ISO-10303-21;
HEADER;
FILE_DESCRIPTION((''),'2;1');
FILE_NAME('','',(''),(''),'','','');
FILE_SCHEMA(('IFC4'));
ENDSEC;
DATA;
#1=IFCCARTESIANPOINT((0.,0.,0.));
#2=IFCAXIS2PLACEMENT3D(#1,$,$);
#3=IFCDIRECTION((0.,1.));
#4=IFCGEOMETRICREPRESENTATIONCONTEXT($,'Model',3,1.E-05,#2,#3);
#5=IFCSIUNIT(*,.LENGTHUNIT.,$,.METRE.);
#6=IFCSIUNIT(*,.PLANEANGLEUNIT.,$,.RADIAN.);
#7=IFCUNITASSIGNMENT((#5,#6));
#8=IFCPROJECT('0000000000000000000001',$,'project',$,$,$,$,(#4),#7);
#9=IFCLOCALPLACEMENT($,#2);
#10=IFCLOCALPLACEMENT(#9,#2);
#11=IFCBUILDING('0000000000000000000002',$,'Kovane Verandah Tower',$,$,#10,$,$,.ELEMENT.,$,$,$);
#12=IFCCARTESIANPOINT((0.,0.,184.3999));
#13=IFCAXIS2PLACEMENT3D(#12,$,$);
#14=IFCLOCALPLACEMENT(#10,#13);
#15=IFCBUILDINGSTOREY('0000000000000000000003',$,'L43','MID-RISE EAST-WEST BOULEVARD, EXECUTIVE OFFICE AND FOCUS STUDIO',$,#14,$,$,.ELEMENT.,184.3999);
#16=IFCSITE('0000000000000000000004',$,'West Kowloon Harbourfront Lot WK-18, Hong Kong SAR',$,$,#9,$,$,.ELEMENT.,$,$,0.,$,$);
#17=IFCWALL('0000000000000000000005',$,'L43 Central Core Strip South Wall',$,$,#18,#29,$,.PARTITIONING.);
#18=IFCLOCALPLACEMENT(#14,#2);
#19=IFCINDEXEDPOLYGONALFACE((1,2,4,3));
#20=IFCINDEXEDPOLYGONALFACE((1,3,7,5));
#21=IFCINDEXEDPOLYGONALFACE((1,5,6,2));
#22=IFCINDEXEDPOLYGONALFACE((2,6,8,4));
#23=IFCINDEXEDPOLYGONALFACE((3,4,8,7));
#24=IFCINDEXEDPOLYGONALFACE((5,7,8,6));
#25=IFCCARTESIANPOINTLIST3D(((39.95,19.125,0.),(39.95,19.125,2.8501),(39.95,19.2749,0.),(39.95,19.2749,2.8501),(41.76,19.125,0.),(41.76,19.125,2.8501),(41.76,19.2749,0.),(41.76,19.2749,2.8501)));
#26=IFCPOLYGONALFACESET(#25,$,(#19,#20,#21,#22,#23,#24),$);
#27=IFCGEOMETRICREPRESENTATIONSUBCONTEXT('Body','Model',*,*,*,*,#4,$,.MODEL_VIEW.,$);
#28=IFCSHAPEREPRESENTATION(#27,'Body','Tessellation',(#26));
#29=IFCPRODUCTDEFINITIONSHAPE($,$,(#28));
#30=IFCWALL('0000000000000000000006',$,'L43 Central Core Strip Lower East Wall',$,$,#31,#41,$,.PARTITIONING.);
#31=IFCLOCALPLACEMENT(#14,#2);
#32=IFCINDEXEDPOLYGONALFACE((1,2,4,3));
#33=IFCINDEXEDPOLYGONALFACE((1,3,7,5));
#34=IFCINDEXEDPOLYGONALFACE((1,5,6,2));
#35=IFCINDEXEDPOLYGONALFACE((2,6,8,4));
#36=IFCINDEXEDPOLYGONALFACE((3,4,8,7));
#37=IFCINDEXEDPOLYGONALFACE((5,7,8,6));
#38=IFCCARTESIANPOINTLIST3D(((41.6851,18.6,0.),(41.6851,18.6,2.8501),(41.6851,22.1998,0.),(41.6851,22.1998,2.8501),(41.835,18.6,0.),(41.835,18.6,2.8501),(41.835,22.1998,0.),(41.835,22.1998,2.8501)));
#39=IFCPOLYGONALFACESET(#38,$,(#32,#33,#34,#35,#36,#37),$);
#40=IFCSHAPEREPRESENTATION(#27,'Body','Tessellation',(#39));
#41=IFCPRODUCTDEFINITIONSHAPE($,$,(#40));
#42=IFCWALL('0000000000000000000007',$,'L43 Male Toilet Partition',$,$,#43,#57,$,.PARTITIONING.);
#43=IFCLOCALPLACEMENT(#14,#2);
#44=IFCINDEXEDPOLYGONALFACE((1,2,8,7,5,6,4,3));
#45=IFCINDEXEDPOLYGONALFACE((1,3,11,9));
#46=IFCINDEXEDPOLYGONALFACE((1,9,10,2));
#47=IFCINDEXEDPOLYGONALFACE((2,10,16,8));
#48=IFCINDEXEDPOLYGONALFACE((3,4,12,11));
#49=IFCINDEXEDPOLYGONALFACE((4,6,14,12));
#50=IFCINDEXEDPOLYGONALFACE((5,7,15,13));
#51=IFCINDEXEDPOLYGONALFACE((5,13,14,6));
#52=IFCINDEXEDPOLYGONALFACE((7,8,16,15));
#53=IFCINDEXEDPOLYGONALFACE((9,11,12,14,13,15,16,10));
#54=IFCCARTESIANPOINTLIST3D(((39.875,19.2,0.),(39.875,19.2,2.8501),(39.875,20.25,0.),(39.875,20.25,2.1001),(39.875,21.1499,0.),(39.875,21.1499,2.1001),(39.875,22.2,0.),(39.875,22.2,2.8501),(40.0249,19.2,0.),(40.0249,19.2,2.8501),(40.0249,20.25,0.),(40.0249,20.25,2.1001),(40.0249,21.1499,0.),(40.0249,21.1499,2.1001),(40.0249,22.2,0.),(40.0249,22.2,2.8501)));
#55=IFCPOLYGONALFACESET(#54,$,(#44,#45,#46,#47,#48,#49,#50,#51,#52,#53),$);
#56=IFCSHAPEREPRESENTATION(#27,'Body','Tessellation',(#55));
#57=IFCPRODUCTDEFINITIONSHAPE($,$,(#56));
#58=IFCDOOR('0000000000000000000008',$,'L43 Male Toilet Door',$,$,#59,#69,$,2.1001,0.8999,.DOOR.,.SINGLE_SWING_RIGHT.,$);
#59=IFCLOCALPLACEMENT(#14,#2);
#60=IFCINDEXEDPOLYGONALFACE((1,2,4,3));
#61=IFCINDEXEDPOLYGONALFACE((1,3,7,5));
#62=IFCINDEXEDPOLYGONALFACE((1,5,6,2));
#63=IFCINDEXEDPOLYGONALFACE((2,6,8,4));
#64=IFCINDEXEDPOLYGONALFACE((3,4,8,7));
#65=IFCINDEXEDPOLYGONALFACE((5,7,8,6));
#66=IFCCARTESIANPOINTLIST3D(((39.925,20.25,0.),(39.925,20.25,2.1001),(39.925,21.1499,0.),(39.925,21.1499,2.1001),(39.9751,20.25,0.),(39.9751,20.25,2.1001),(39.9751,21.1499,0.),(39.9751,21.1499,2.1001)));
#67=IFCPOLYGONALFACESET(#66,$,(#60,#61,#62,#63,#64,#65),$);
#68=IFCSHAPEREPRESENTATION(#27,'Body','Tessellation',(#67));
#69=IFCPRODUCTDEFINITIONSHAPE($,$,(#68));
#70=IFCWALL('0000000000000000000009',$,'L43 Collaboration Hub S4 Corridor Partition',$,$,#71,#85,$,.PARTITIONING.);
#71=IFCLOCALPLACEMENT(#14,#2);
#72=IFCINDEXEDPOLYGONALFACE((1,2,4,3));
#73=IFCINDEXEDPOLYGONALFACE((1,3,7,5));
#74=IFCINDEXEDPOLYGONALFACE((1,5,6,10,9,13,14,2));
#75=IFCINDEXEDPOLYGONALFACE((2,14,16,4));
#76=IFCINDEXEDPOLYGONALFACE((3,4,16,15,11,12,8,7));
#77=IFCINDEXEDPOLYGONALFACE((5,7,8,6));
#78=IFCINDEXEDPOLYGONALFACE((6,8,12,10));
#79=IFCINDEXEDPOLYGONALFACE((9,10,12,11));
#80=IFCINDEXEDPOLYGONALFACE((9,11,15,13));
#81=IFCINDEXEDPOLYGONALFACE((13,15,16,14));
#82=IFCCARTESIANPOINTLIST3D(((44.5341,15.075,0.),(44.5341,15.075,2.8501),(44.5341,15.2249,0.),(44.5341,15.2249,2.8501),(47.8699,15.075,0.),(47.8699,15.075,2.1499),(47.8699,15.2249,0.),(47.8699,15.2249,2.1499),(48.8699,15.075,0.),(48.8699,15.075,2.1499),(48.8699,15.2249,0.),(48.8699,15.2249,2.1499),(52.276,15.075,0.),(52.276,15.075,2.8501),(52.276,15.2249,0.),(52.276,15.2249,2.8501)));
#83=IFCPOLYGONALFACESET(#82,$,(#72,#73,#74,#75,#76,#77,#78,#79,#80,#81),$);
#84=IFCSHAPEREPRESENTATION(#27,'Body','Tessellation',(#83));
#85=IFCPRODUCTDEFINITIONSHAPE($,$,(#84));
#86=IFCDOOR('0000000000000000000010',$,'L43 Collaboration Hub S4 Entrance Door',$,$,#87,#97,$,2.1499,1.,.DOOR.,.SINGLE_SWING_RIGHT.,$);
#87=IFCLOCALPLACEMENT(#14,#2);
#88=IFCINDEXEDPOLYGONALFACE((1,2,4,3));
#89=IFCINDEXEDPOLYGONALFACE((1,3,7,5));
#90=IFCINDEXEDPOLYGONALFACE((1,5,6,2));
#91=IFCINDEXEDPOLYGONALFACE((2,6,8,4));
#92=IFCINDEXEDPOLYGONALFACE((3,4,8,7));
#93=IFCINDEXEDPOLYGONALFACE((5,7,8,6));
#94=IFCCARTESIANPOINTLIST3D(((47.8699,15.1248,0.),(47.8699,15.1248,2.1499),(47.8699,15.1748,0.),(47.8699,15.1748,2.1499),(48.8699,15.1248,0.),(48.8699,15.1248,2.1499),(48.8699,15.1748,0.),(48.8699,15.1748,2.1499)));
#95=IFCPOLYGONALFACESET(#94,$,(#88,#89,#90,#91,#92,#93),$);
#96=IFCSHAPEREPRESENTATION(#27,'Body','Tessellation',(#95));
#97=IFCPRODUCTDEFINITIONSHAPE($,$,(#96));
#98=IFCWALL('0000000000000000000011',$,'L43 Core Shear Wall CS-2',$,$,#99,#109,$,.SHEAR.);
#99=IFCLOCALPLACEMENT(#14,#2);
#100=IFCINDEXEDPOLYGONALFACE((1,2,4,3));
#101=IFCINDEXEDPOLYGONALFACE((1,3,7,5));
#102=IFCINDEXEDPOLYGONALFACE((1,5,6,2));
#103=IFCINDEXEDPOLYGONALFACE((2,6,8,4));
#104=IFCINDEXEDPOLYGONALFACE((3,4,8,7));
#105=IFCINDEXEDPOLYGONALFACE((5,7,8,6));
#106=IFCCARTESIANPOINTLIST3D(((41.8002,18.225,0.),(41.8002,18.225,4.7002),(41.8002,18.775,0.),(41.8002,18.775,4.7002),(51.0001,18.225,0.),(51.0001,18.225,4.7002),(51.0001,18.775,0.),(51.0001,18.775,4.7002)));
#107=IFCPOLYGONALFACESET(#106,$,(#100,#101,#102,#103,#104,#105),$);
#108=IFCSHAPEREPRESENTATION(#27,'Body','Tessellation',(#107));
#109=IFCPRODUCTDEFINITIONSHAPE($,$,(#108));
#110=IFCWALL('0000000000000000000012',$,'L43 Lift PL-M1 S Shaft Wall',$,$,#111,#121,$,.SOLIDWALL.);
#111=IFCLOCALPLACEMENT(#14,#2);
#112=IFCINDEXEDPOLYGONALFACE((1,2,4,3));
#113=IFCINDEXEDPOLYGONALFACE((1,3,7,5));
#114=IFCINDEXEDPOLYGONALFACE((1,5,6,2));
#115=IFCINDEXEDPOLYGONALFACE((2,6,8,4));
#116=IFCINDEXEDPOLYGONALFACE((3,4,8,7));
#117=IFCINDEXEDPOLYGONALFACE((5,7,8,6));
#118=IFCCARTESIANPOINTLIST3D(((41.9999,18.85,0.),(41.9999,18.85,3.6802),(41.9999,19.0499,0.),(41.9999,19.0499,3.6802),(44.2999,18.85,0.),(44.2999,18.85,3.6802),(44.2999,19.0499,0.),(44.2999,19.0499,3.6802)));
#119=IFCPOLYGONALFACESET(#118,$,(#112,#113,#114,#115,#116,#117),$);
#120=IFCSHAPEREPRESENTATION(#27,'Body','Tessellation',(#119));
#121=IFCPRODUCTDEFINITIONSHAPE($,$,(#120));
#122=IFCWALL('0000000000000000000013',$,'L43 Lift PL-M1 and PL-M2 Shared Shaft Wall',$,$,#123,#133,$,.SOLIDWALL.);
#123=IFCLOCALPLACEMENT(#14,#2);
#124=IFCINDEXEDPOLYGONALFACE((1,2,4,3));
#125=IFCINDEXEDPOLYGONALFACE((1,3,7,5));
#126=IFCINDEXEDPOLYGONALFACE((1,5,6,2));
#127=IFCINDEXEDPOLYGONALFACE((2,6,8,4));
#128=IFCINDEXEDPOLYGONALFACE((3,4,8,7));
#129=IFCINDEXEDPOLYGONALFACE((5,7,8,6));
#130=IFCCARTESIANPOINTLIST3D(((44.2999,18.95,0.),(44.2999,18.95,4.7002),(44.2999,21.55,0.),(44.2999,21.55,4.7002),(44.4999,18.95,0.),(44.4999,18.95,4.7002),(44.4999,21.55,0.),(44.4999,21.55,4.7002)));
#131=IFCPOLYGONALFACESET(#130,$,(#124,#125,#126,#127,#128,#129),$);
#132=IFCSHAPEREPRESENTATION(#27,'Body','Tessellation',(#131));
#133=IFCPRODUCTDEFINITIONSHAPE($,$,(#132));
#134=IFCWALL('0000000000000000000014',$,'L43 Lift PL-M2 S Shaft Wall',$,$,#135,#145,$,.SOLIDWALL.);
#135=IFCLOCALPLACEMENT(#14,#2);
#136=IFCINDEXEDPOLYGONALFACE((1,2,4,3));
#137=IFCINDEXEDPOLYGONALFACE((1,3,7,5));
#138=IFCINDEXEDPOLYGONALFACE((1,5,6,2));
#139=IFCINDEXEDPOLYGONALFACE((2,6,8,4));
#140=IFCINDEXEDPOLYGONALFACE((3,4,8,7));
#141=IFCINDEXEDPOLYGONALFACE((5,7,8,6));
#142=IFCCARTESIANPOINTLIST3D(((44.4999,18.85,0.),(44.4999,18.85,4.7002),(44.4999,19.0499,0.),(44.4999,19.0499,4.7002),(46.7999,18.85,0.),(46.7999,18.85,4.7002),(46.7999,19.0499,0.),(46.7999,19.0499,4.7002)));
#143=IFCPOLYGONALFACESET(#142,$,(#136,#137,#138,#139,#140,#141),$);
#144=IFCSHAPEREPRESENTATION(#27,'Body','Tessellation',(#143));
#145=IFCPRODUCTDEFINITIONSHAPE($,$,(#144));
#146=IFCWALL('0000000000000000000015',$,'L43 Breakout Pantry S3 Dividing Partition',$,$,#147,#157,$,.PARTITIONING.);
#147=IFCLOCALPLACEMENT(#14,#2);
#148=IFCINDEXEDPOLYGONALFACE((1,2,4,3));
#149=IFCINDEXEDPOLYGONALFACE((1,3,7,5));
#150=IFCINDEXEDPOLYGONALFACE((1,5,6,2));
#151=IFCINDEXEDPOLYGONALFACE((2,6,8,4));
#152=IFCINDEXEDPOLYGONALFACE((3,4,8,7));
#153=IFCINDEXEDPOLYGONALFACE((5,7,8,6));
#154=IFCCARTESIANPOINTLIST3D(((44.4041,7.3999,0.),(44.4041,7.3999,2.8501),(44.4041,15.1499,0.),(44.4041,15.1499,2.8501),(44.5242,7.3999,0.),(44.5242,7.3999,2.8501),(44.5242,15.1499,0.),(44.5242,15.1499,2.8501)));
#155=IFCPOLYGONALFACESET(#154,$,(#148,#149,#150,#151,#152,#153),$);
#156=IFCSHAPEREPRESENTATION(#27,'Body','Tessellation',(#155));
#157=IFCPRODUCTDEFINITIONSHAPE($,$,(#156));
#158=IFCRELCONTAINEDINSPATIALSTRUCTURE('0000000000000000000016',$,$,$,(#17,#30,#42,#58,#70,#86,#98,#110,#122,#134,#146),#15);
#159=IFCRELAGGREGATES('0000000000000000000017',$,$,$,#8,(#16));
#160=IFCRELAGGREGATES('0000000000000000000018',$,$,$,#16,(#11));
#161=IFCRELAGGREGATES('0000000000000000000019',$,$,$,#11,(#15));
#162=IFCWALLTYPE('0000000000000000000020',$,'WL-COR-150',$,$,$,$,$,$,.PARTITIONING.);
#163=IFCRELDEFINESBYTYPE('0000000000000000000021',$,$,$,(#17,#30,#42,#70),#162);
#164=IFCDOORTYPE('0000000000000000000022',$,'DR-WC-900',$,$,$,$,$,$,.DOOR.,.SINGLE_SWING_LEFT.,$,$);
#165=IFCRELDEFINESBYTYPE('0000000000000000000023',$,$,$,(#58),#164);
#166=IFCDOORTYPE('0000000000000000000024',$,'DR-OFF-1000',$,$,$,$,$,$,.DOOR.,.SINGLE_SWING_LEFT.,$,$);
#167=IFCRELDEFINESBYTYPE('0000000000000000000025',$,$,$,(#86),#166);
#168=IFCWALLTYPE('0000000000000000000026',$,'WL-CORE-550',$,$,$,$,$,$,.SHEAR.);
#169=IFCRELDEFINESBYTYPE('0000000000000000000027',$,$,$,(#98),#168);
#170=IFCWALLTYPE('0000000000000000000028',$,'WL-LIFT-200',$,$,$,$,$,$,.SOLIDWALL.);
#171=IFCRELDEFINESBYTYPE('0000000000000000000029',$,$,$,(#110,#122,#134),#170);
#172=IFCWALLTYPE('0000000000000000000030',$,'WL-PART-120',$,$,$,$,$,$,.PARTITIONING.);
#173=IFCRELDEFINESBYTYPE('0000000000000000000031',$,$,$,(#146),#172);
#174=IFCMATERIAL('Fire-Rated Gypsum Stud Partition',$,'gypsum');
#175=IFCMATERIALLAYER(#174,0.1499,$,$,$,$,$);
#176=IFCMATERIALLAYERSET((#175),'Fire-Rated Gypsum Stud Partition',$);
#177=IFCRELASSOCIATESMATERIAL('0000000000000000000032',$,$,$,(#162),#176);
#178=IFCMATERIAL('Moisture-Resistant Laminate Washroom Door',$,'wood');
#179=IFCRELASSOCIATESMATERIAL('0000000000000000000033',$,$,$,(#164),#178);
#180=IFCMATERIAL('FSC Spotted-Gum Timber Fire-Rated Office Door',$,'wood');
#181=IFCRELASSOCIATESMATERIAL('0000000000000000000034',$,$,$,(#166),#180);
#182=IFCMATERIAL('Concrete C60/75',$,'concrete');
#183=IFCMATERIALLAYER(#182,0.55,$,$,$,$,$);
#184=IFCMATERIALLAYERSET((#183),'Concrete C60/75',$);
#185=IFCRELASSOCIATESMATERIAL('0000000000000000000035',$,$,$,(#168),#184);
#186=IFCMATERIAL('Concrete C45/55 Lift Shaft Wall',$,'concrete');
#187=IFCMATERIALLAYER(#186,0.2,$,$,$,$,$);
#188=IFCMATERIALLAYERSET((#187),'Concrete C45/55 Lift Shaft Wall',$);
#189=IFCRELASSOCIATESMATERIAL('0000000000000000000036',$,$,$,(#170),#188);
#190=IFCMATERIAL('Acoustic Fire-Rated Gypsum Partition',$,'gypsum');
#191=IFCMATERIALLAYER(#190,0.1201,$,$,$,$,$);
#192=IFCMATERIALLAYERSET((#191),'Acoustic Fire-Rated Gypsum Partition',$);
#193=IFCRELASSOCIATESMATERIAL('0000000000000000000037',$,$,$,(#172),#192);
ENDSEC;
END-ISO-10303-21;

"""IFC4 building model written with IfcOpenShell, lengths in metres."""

from ifc_helpers import new_model, si_unit, direction, frame, frame_2d, origin, place, context, subcontext, project, spatial, rectangle, extrude, material, layer, layer_set, type_object, element, fill, save


model = new_model("IFC4")

# Units and contexts
model_context = context("Model", 3, precision=1e-05, world=origin(), true_north=direction((0.0, 1.0)))
body_context = subcontext(model_context, "Body", "Model", "MODEL_VIEW")
ifc_project = project(units=[si_unit("LENGTHUNIT", "METRE"), si_unit("PLANEANGLEUNIT", "RADIAN")], contexts=[model_context])

# Site, building, storey
site_placement = place(None, origin())
site = spatial("IfcSite", under=ifc_project, at=site_placement, Name="West Kowloon Harbourfront Lot WK-18, Hong Kong SAR", CompositionType="ELEMENT", RefElevation=0.0)
building_placement = place(site_placement, origin())
building = spatial("IfcBuilding", under=site, at=building_placement, Name="Kovane Verandah Tower", CompositionType="ELEMENT")
storey_placement = place(building_placement, frame((0.0, 0.0, 184.3999)))
storey = spatial("IfcBuildingStorey", under=building, at=storey_placement, Name="L43", Description="MID-RISE EAST-WEST BOULEVARD, EXECUTIVE OFFICE AND FOCUS STUDIO", CompositionType="ELEMENT", Elevation=184.3999)

# Shared definitions
ifc_material_1 = material(Name="Concrete C60/75", Category="concrete")

# Walls
ifc_material_2 = material(Name="Fire-Rated Gypsum Stud Partition", Category="gypsum")
ifc_layer_1 = layer(ifc_material_2, 0.1499)
ifc_layer_set_1 = layer_set([ifc_layer_1], Name="Fire-Rated Gypsum Stud Partition")
wall_type_1 = type_object("IfcWallType", Name="WL-COR-150", PredefinedType="PARTITIONING", material=ifc_layer_set_1)
wall_1_placement = place(storey_placement, frame((39.95, 19.2, 0.0), z_axis=(0.0, 0.0, 1.0), x_axis=(1.0, 0.0, 0.0)))
element("IfcWall", 1, at=wall_1_placement, inside=storey, type_object=wall_type_1, Name="L43 Central Core Strip South Wall", PredefinedType="PARTITIONING", context=body_context, shape_type="SweptSolid", body=[
    extrude(rectangle(XDim=1.8101, YDim=0.1499, at=frame_2d((0.905, 0.0))), origin(), (0.0, 0.0, 1.0), 2.8501),
])
wall_2_placement = place(storey_placement, frame((41.76, 18.6001, 0.0), z_axis=(0.0, 0.0, 1.0), x_axis=(0.0, 1.0, 0.0)))
element("IfcWall", 2, at=wall_2_placement, inside=storey, type_object=wall_type_1, Name="L43 Central Core Strip Lower East Wall", PredefinedType="PARTITIONING", context=body_context, shape_type="SweptSolid", body=[
    extrude(rectangle(XDim=3.5999, YDim=0.1499, at=frame_2d((1.7998, 0.0))), origin(), (0.0, 0.0, 1.0), 2.8501),
])

# Walls, openings, doors
wall_3_placement = place(storey_placement, frame((39.95, 19.2, 0.0), z_axis=(0.0, 0.0, 1.0), x_axis=(0.0, 1.0, 0.0)))
wall_3 = element("IfcWall", 3, at=wall_3_placement, inside=storey, type_object=wall_type_1, Name="L43 Male Toilet Partition", PredefinedType="PARTITIONING", context=body_context, shape_type="SweptSolid", body=[
    extrude(rectangle(XDim=3.0, YDim=0.1499, at=frame_2d((1.5, 0.0))), origin(), (0.0, 0.0, 1.0), 2.8501),
])
opening_1_placement = place(wall_3_placement, frame((1.05, 0.0, 0.0)))
opening_1 = element("IfcOpeningElement", 4, at=opening_1_placement, cuts=wall_3, PredefinedType="OPENING", context=body_context, shape_type="SweptSolid", body=[
    extrude(rectangle(XDim=0.8999, YDim=2.1001, at=frame_2d((0.45, 1.05))), frame((0.0, 0.075, 0.0), z_axis=(0.0, -1.0, 0.0), x_axis=(1.0, 0.0, 0.0)), (0.0, 0.0, 1.0), 0.1499),
])
ifc_material_3 = material(Name="Moisture-Resistant Laminate Washroom Door", Category="wood")
door_type_1 = type_object("IfcDoorType", Name="DR-WC-900", OperationType="SINGLE_SWING_LEFT", PredefinedType="DOOR", material=ifc_material_3)
door_1_placement = place(opening_1_placement, origin())
door_1 = element("IfcDoor", 5, at=door_1_placement, inside=storey, type_object=door_type_1, Name="L43 Male Toilet Door", OperationType="SINGLE_SWING_RIGHT", OverallHeight=2.1001, OverallWidth=0.8999, PredefinedType="DOOR", context=body_context, shape_type="SweptSolid", body=[
    extrude(rectangle(XDim=0.8999, YDim=2.1001, at=frame_2d((0.45, 1.05))), frame((0.0, 0.0249, 0.0), z_axis=(0.0, -1.0, 0.0), x_axis=(1.0, 0.0, 0.0)), (0.0, 0.0, 1.0), 0.05),
])
fill(opening_1, door_1)
ifc_material_4 = material(Name="FSC Spotted-Gum Timber Fire-Rated Office Door", Category="wood")
door_type_2 = type_object("IfcDoorType", Name="DR-OFF-1000", OperationType="SINGLE_SWING_LEFT", PredefinedType="DOOR", material=ifc_material_4)
wall_4_placement = place(storey_placement, frame((44.5339, 15.1499, 0.0), z_axis=(0.0, 0.0, 1.0), x_axis=(1.0, 0.0, 0.0)))
wall_4 = element("IfcWall", 6, at=wall_4_placement, inside=storey, type_object=wall_type_1, Name="L43 Collaboration Hub S4 Corridor Partition", PredefinedType="PARTITIONING", context=body_context, shape_type="SweptSolid", body=[
    extrude(rectangle(XDim=7.7419, YDim=0.1499, at=frame_2d((3.8711, 0.0))), origin(), (0.0, 0.0, 1.0), 2.8501),
])
opening_2_placement = place(wall_4_placement, frame((3.3359, 0.0, 0.0)))
opening_2 = element("IfcOpeningElement", 7, at=opening_2_placement, cuts=wall_4, PredefinedType="OPENING", context=body_context, shape_type="SweptSolid", body=[
    extrude(rectangle(XDim=1.0, YDim=2.1499, at=frame_2d((0.5, 1.075))), frame((0.0, 0.075, 0.0), z_axis=(0.0, -1.0, 0.0), x_axis=(1.0, 0.0, 0.0)), (0.0, 0.0, 1.0), 0.1499),
])
door_2_placement = place(opening_2_placement, origin())
door_2 = element("IfcDoor", 8, at=door_2_placement, inside=storey, type_object=door_type_2, Name="L43 Collaboration Hub S4 Entrance Door", OperationType="SINGLE_SWING_RIGHT", OverallHeight=2.1499, OverallWidth=1.0, PredefinedType="DOOR", context=body_context, shape_type="SweptSolid", body=[
    extrude(rectangle(XDim=1.0, YDim=2.1499, at=frame_2d((0.5, 1.075))), frame((0.0, 0.0249, 0.0), z_axis=(0.0, -1.0, 0.0), x_axis=(1.0, 0.0, 0.0)), (0.0, 0.0, 1.0), 0.05),
])
fill(opening_2, door_2)

# Walls
ifc_layer_2 = layer(ifc_material_1, 0.55)
ifc_layer_set_2 = layer_set([ifc_layer_2], Name="Concrete C60/75")
wall_type_2 = type_object("IfcWallType", Name="WL-CORE-550", PredefinedType="SHEAR", material=ifc_layer_set_2)
wall_5_placement = place(storey_placement, frame((41.8, 18.5, 0.0), z_axis=(0.0, 0.0, 1.0), x_axis=(1.0, 0.0, 0.0)))
element("IfcWall", 9, at=wall_5_placement, inside=storey, type_object=wall_type_2, Name="L43 Core Shear Wall CS-2", PredefinedType="SHEAR", context=body_context, shape_type="SweptSolid", body=[
    extrude(rectangle(XDim=9.2, YDim=0.55, at=frame_2d((4.6001, 0.0))), origin(), (0.0, 0.0, 1.0), 4.7002),
])
ifc_material_5 = material(Name="Concrete C45/55 Lift Shaft Wall", Category="concrete")
ifc_layer_3 = layer(ifc_material_5, 0.2)
ifc_layer_set_3 = layer_set([ifc_layer_3], Name="Concrete C45/55 Lift Shaft Wall")
wall_type_3 = type_object("IfcWallType", Name="WL-LIFT-200", PredefinedType="SOLIDWALL", material=ifc_layer_set_3)
wall_6_placement = place(storey_placement, frame((42.0, 18.95, 0.0), z_axis=(0.0, 0.0, 1.0), x_axis=(1.0, 0.0, 0.0)))
element("IfcWall", 10, at=wall_6_placement, inside=storey, type_object=wall_type_3, Name="L43 Lift PL-M1 S Shaft Wall", PredefinedType="SOLIDWALL", context=body_context, shape_type="SweptSolid", body=[
    extrude(rectangle(XDim=2.3, YDim=0.2, at=frame_2d((1.1499, 0.0))), origin(), (0.0, 0.0, 1.0), 3.6802),
])
wall_7_placement = place(storey_placement, frame((44.3999, 18.95, 0.0), z_axis=(0.0, 0.0, 1.0), x_axis=(0.0, 1.0, 0.0)))
element("IfcWall", 11, at=wall_7_placement, inside=storey, type_object=wall_type_3, Name="L43 Lift PL-M1 and PL-M2 Shared Shaft Wall", PredefinedType="SOLIDWALL", context=body_context, shape_type="SweptSolid", body=[
    extrude(rectangle(XDim=2.6001, YDim=0.2, at=frame_2d((1.3, 0.0))), origin(), (0.0, 0.0, 1.0), 4.7002),
])
wall_8_placement = place(storey_placement, frame((44.5, 18.95, 0.0), z_axis=(0.0, 0.0, 1.0), x_axis=(1.0, 0.0, 0.0)))
element("IfcWall", 12, at=wall_8_placement, inside=storey, type_object=wall_type_3, Name="L43 Lift PL-M2 S Shaft Wall", PredefinedType="SOLIDWALL", context=body_context, shape_type="SweptSolid", body=[
    extrude(rectangle(XDim=2.3, YDim=0.2, at=frame_2d((1.1499, 0.0))), origin(), (0.0, 0.0, 1.0), 4.7002),
])
ifc_material_6 = material(Name="Acoustic Fire-Rated Gypsum Partition", Category="gypsum")
ifc_layer_4 = layer(ifc_material_6, 0.1201)
ifc_layer_set_4 = layer_set([ifc_layer_4], Name="Acoustic Fire-Rated Gypsum Partition")
wall_type_4 = type_object("IfcWallType", Name="WL-PART-120", PredefinedType="PARTITIONING", material=ifc_layer_set_4)
wall_9_placement = place(storey_placement, frame((44.4641, 7.3999, 0.0), z_axis=(0.0, 0.0, 1.0), x_axis=(0.0, 1.0, 0.0)))
element("IfcWall", 13, at=wall_9_placement, inside=storey, type_object=wall_type_4, Name="L43 Breakout Pantry S3 Dividing Partition", PredefinedType="PARTITIONING", context=body_context, shape_type="SweptSolid", body=[
    extrude(rectangle(XDim=7.75, YDim=0.1201, at=frame_2d((3.875, 0.0))), origin(), (0.0, 0.0, 1.0), 2.8501),
])

save(model, "model.ifc")
